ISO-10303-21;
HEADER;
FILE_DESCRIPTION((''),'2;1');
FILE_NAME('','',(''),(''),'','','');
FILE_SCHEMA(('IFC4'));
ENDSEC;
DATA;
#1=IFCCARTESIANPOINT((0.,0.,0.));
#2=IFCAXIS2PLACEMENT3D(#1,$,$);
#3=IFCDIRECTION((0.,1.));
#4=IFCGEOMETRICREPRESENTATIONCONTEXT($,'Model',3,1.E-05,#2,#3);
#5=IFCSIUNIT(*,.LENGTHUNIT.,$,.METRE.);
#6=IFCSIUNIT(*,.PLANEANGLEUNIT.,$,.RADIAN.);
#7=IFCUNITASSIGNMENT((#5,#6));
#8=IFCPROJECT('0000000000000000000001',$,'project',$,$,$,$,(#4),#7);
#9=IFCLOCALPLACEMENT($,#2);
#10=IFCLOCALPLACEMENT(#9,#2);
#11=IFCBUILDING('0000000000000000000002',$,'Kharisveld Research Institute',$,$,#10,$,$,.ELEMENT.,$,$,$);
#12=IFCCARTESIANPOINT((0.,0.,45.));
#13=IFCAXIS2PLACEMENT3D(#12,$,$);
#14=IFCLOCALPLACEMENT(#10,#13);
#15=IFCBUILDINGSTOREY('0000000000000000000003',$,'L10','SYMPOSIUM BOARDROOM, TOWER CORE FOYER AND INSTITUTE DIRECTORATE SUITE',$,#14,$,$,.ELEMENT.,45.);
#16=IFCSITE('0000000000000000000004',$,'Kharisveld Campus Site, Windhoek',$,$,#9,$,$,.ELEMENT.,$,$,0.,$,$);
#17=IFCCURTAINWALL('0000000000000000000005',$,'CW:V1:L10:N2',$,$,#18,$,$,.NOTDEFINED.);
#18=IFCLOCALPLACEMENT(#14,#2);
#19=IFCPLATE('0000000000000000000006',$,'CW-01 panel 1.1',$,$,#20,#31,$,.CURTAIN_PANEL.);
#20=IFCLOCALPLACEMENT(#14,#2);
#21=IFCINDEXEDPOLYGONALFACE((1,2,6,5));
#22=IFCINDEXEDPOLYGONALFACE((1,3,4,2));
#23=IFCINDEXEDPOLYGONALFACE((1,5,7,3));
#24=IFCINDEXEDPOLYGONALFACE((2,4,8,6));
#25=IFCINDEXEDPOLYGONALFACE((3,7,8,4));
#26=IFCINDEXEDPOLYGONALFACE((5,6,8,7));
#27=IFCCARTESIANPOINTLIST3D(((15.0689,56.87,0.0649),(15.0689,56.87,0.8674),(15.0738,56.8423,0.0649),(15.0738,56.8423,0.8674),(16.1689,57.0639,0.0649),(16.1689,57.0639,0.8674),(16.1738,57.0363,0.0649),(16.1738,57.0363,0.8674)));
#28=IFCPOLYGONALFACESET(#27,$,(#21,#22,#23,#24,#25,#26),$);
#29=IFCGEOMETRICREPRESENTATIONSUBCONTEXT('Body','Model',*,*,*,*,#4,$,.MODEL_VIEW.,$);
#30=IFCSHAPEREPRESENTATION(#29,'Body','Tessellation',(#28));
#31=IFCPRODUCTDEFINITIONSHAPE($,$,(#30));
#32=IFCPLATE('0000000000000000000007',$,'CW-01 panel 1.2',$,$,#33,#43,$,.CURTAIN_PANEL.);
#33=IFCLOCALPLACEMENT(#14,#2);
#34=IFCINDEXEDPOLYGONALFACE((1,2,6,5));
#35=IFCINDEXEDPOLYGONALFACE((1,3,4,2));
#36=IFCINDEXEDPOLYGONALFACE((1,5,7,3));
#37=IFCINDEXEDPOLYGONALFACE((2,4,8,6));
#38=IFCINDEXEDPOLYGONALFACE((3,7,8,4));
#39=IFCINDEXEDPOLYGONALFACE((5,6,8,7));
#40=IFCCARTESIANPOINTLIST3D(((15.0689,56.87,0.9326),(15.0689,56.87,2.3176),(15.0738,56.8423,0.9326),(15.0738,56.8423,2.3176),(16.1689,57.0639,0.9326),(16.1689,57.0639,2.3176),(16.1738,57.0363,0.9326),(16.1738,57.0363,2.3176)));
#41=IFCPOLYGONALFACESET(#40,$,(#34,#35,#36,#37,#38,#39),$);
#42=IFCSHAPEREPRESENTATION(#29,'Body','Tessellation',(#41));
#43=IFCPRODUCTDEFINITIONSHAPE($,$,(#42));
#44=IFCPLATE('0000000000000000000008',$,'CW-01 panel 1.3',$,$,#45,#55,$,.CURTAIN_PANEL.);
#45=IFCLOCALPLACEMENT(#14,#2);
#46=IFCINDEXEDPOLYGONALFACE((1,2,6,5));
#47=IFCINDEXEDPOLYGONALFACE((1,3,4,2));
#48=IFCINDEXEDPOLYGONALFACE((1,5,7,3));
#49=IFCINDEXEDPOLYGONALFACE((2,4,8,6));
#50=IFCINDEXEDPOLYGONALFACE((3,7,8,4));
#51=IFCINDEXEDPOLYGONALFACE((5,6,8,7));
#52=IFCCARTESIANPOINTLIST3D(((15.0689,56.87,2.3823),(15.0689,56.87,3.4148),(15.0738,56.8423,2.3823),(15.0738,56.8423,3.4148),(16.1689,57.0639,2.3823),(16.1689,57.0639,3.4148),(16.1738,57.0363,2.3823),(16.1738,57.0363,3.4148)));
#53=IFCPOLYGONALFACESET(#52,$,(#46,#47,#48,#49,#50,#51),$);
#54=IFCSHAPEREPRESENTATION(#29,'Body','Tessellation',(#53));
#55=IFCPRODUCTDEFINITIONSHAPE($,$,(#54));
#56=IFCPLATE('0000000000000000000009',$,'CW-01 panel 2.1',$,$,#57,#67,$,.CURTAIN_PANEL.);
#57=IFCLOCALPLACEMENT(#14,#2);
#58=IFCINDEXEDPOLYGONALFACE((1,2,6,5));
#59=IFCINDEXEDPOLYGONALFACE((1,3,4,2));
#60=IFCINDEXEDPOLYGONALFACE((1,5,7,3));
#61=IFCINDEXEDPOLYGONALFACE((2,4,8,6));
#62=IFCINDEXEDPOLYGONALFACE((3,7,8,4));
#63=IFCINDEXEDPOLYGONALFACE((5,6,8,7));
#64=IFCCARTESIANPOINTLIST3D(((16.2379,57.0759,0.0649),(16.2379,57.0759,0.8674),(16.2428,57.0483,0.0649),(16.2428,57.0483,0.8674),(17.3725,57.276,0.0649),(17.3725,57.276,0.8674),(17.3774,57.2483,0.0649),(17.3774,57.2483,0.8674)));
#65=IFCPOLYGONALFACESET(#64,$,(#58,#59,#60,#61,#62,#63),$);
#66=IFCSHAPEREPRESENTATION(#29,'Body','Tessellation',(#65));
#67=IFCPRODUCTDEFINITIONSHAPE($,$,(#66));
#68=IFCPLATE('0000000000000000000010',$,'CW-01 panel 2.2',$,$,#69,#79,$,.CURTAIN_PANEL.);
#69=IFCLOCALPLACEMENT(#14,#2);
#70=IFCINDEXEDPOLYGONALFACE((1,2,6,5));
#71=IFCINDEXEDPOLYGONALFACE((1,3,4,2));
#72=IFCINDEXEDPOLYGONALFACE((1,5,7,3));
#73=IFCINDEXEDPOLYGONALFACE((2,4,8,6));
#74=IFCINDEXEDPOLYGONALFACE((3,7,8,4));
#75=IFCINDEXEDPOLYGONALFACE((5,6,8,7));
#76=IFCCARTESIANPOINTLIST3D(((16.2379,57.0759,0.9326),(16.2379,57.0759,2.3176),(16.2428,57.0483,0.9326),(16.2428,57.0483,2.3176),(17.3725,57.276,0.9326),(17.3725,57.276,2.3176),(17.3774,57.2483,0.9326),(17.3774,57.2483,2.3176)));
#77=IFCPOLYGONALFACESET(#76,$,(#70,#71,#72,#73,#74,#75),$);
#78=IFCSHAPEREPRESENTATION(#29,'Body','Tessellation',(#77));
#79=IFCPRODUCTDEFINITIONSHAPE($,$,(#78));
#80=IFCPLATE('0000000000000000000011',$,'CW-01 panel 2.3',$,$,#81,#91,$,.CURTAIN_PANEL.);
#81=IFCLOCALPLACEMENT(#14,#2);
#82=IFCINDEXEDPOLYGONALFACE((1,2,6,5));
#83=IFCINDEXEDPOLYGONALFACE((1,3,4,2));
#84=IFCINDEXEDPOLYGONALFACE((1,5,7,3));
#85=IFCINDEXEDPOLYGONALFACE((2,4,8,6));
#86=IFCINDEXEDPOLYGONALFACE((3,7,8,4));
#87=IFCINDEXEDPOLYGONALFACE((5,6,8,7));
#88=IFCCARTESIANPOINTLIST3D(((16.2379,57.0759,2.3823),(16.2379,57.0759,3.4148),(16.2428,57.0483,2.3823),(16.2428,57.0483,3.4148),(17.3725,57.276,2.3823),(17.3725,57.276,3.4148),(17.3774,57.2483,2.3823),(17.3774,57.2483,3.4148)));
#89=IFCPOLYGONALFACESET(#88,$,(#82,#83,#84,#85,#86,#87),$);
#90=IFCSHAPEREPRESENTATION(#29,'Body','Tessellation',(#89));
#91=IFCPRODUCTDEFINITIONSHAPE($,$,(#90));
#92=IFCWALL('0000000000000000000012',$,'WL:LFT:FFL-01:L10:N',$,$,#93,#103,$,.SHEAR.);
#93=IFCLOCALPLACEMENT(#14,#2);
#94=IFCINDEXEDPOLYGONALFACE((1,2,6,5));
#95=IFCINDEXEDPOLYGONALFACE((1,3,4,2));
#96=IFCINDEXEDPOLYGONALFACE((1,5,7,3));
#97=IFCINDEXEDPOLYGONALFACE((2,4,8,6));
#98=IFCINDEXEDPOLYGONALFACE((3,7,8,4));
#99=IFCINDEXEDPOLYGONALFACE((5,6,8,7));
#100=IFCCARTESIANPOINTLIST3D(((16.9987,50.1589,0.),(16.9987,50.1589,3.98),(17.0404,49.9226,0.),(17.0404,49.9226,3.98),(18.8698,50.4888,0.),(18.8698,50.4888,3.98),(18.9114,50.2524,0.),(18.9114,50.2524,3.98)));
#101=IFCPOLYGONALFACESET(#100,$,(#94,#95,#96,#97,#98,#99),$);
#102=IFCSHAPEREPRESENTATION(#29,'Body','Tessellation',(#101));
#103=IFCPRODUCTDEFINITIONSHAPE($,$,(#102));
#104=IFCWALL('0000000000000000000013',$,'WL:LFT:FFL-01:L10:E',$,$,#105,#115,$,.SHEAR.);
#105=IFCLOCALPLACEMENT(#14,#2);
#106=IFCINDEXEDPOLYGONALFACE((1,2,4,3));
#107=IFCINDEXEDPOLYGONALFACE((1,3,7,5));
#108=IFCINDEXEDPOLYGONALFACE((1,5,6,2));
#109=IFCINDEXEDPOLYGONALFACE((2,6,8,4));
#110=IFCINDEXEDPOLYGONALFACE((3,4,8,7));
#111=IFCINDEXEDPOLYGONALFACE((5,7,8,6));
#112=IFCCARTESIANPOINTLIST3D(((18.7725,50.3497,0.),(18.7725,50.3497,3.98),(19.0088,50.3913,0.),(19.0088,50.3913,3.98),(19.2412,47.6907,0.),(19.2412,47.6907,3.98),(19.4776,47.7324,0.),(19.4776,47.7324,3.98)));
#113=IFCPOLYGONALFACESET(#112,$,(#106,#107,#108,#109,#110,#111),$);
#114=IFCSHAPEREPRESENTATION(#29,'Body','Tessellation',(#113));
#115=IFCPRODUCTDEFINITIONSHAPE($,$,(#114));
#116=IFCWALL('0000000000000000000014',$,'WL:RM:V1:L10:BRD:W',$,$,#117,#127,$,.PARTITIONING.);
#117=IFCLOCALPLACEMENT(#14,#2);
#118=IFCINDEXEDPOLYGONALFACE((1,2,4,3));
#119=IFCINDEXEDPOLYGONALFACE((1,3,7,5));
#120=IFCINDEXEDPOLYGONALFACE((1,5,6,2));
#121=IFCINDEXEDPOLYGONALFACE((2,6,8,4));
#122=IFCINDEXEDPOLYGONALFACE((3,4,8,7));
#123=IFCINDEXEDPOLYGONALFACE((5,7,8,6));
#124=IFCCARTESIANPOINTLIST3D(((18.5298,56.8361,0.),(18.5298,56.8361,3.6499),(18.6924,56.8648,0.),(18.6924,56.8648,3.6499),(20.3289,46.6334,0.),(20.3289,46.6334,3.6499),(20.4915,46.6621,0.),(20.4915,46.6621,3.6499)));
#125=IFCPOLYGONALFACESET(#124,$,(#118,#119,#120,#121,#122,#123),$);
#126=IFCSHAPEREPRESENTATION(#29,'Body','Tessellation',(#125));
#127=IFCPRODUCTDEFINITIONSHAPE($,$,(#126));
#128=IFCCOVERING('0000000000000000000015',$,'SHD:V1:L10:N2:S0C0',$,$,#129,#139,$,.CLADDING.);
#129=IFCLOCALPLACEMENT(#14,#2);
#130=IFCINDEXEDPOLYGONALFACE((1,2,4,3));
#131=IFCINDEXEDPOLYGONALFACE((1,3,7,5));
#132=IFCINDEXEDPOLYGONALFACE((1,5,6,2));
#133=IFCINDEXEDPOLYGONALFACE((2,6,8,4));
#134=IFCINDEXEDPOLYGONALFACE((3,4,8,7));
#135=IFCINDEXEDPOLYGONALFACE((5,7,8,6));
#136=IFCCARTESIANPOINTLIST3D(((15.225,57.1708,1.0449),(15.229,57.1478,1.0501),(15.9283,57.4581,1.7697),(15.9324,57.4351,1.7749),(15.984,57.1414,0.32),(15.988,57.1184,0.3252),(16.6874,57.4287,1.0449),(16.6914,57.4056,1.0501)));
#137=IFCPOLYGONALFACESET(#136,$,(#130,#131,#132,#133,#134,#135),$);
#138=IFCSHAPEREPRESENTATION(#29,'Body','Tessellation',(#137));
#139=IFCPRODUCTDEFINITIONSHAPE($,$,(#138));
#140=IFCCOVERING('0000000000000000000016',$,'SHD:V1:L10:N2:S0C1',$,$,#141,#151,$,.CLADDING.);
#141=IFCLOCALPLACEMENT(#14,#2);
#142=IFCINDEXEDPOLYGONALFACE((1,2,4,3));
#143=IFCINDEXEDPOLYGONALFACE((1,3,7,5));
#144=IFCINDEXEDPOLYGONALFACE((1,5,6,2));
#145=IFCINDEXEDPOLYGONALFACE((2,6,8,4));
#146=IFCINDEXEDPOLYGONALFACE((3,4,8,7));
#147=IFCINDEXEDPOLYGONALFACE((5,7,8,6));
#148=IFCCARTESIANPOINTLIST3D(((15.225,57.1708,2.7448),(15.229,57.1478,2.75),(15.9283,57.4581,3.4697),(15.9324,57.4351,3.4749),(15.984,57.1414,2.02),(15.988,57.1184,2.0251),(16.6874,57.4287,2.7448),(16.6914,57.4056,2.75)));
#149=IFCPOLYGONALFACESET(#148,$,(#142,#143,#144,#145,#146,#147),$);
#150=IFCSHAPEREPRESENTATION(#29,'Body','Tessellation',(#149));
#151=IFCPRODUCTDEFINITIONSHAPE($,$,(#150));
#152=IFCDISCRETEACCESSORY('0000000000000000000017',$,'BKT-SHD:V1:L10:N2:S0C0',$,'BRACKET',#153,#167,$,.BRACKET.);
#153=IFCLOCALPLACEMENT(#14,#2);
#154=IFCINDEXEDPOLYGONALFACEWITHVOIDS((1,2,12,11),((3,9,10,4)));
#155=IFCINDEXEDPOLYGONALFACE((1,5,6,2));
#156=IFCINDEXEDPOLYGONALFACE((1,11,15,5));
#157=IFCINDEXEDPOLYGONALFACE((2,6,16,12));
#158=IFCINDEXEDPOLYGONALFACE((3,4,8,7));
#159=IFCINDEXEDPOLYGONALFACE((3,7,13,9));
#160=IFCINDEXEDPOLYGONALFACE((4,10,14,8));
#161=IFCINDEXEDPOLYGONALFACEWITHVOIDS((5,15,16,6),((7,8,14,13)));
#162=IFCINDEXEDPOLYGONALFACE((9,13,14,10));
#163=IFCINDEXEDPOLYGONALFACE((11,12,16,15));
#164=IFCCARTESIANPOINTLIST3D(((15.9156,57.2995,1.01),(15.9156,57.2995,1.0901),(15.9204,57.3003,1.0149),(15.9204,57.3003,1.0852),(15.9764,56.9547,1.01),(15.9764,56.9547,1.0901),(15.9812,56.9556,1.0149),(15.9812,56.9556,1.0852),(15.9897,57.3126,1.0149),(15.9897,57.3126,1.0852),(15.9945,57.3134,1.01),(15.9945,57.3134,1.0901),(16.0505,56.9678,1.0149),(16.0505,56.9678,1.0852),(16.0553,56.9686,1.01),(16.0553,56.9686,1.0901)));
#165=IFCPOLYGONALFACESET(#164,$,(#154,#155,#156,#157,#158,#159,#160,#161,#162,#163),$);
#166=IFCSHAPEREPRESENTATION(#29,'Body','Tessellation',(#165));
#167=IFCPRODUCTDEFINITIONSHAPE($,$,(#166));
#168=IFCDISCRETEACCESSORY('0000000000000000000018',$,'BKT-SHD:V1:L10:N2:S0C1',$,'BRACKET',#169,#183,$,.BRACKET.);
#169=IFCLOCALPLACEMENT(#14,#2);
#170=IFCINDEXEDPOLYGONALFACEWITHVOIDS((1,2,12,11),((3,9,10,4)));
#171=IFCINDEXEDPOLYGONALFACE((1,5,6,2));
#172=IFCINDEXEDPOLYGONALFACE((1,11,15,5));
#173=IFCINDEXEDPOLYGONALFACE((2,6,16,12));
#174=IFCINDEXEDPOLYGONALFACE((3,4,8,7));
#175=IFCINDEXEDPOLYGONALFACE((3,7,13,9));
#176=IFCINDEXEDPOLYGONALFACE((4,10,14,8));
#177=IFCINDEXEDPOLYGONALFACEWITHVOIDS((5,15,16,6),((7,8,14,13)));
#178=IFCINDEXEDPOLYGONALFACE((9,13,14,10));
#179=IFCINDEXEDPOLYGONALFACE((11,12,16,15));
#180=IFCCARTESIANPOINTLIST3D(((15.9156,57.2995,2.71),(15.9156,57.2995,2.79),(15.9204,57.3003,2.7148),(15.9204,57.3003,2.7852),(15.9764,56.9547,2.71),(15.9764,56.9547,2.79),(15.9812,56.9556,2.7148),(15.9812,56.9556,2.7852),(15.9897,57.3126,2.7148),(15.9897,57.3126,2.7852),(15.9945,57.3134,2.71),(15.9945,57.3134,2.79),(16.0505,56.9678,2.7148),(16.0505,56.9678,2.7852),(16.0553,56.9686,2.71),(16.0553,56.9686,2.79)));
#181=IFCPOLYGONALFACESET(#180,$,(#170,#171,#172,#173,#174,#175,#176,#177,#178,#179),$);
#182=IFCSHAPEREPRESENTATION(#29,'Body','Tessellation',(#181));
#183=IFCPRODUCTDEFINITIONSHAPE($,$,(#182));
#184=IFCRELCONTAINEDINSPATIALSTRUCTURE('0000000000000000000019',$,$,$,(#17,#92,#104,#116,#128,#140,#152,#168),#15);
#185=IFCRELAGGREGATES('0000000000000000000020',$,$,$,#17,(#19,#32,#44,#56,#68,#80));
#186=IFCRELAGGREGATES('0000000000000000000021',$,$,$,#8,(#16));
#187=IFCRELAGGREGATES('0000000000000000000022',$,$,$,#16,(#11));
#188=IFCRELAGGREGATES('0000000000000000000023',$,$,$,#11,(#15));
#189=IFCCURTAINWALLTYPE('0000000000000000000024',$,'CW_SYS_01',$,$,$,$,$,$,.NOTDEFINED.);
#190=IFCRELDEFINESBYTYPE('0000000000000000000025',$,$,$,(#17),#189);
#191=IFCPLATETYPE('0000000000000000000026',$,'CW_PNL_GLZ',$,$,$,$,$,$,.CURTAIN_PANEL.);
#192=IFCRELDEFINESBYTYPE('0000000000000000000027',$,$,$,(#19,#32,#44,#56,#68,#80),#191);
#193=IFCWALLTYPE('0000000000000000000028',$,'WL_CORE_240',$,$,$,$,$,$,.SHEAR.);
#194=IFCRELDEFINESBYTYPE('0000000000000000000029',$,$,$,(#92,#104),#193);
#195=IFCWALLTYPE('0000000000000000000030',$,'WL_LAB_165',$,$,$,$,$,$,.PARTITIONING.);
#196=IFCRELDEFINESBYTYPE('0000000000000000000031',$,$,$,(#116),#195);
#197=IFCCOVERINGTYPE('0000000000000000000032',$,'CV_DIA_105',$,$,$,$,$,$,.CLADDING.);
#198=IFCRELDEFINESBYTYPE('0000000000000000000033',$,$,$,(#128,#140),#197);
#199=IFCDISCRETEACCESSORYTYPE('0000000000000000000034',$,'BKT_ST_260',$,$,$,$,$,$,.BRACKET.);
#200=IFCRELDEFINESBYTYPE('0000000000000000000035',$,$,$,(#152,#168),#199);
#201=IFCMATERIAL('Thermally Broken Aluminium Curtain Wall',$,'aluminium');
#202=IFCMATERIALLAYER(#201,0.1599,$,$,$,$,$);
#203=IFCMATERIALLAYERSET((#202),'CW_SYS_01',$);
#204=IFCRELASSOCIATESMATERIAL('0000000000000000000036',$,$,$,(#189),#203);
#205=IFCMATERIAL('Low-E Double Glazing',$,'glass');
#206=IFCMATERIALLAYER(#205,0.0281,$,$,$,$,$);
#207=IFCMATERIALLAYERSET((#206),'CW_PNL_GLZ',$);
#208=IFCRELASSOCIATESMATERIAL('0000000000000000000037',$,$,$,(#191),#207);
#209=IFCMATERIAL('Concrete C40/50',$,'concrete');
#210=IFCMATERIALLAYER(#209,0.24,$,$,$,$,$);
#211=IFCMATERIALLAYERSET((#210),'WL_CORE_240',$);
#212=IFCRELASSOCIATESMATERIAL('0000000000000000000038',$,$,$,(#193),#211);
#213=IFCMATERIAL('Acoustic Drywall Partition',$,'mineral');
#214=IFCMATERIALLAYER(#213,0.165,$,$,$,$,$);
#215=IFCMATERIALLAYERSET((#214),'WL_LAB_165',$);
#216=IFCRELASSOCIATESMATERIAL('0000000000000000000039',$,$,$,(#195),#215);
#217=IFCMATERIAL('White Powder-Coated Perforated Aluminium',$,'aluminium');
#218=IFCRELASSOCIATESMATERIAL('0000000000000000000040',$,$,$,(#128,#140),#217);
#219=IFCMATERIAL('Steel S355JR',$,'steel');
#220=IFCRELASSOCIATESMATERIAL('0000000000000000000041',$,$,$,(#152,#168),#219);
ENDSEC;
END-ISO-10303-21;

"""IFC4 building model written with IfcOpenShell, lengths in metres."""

from ifc_helpers import new_model, si_unit, direction, frame, frame_2d, origin, origin_2d, place, context, subcontext, project, spatial, polyline, rectangle, hollow_rectangle, outline, extrude, material, layer, layer_set, type_object, element, aggregate, save


model = new_model("IFC4")

# Units and contexts
model_context = context("Model", 3, precision=1e-05, world=origin(), true_north=direction((0.0, 1.0)))
body_context = subcontext(model_context, "Body", "Model", "MODEL_VIEW")
ifc_project = project(units=[si_unit("LENGTHUNIT", "METRE"), si_unit("PLANEANGLEUNIT", "RADIAN")], contexts=[model_context])

# Site, building, storey
site_placement = place(None, origin())
site = spatial("IfcSite", under=ifc_project, at=site_placement, Name="Kharisveld Campus Site, Windhoek", CompositionType="ELEMENT", RefElevation=0.0)
building_placement = place(site_placement, origin())
building = spatial("IfcBuilding", under=site, at=building_placement, Name="Kharisveld Research Institute", CompositionType="ELEMENT")
storey_placement = place(building_placement, frame((0.0, 0.0, 45.0)))
storey = spatial("IfcBuildingStorey", under=building, at=storey_placement, Name="L10", Description="SYMPOSIUM BOARDROOM, TOWER CORE FOYER AND INSTITUTE DIRECTORATE SUITE", CompositionType="ELEMENT", Elevation=45.0)

# Curtain wall
ifc_material_1 = material(Name="Thermally Broken Aluminium Curtain Wall", Category="aluminium")
ifc_layer_1 = layer(ifc_material_1, 0.1599)
ifc_layer_set_1 = layer_set([ifc_layer_1], Name="CW_SYS_01")
curtain_wall_type = type_object("IfcCurtainWallType", Name="CW_SYS_01", PredefinedType="NOTDEFINED", material=ifc_layer_set_1)
curtain_wall_placement = place(storey_placement, origin())
curtain_wall = element("IfcCurtainWall", 1, at=curtain_wall_placement, inside=storey, type_object=curtain_wall_type, Name="CW:V1:L10:N2", PredefinedType="NOTDEFINED")

# Plates
ifc_material_2 = material(Name="Low-E Double Glazing", Category="glass")
ifc_layer_2 = layer(ifc_material_2, 0.0281)
ifc_layer_set_2 = layer_set([ifc_layer_2], Name="CW_PNL_GLZ")
plate_type = type_object("IfcPlateType", Name="CW_PNL_GLZ", PredefinedType="CURTAIN_PANEL", material=ifc_layer_set_2)
plate_1_placement = place(storey_placement, frame((15.6213, 56.9531, 0.0649), z_axis=(0.0, 0.0, 1.0), x_axis=(0.984808, 0.173648, 0.0)))
plate_1 = element("IfcPlate", 2, at=plate_1_placement, type_object=plate_type, Name="CW-01 panel 1.1", PredefinedType="CURTAIN_PANEL", context=body_context, shape_type="SweptSolid", body=[
    extrude(rectangle(XDim=1.1169, YDim=0.0281, at=origin_2d()), origin(), (0.0, 0.0, 1.0), 0.8025),
])
plate_2_placement = place(storey_placement, frame((15.6213, 56.9531, 0.9326), z_axis=(0.0, 0.0, 1.0), x_axis=(0.984808, 0.173648, 0.0)))
plate_2 = element("IfcPlate", 3, at=plate_2_placement, type_object=plate_type, Name="CW-01 panel 1.2", PredefinedType="CURTAIN_PANEL", context=body_context, shape_type="SweptSolid", body=[
    extrude(rectangle(XDim=1.1169, YDim=0.0281, at=origin_2d()), origin(), (0.0, 0.0, 1.0), 1.385),
])
plate_3_placement = place(storey_placement, frame((15.6213, 56.9531, 2.3823), z_axis=(0.0, 0.0, 1.0), x_axis=(0.984808, 0.173648, 0.0)))
plate_3 = element("IfcPlate", 4, at=plate_3_placement, type_object=plate_type, Name="CW-01 panel 1.3", PredefinedType="CURTAIN_PANEL", context=body_context, shape_type="SweptSolid", body=[
    extrude(rectangle(XDim=1.1169, YDim=0.0281, at=origin_2d()), origin(), (0.0, 0.0, 1.0), 1.0325),
])
plate_4_placement = place(storey_placement, frame((16.8076, 57.1621, 0.0649), z_axis=(0.0, 0.0, 1.0), x_axis=(0.984808, 0.173648, 0.0)))
plate_4 = element("IfcPlate", 5, at=plate_4_placement, type_object=plate_type, Name="CW-01 panel 2.1", PredefinedType="CURTAIN_PANEL", context=body_context, shape_type="SweptSolid", body=[
    extrude(rectangle(XDim=1.1521, YDim=0.0281, at=origin_2d()), origin(), (0.0, 0.0, 1.0), 0.8025),
])
plate_5_placement = place(storey_placement, frame((16.8076, 57.1621, 0.9326), z_axis=(0.0, 0.0, 1.0), x_axis=(0.984808, 0.173648, 0.0)))
plate_5 = element("IfcPlate", 6, at=plate_5_placement, type_object=plate_type, Name="CW-01 panel 2.2", PredefinedType="CURTAIN_PANEL", context=body_context, shape_type="SweptSolid", body=[
    extrude(rectangle(XDim=1.1521, YDim=0.0281, at=origin_2d()), origin(), (0.0, 0.0, 1.0), 1.385),
])
plate_6_placement = place(storey_placement, frame((16.8076, 57.1621, 2.3823), z_axis=(0.0, 0.0, 1.0), x_axis=(0.984808, 0.173648, 0.0)))
plate_6 = element("IfcPlate", 7, at=plate_6_placement, type_object=plate_type, Name="CW-01 panel 2.3", PredefinedType="CURTAIN_PANEL", context=body_context, shape_type="SweptSolid", body=[
    extrude(rectangle(XDim=1.1521, YDim=0.0281, at=origin_2d()), origin(), (0.0, 0.0, 1.0), 1.0325),
])
aggregate(curtain_wall, [plate_1, plate_2, plate_3, plate_4, plate_5, plate_6])

# Walls
ifc_material_3 = material(Name="Concrete C40/50", Category="concrete")
ifc_layer_3 = layer(ifc_material_3, 0.24)
ifc_layer_set_3 = layer_set([ifc_layer_3], Name="WL_CORE_240")
wall_type_1 = type_object("IfcWallType", Name="WL_CORE_240", PredefinedType="SHEAR", material=ifc_layer_set_3)
wall_1_placement = place(storey_placement, frame((17.0195, 50.0408, 0.0), z_axis=(0.0, 0.0, 1.0), x_axis=(0.984816, 0.173602, 0.0)))
element("IfcWall", 8, at=wall_1_placement, inside=storey, type_object=wall_type_1, Name="WL:LFT:FFL-01:L10:N", PredefinedType="SHEAR", context=body_context, shape_type="SweptSolid", body=[
    extrude(rectangle(XDim=1.8999, YDim=0.24, at=frame_2d((0.95, 0.0))), origin(), (0.0, 0.0, 1.0), 3.98),
])
wall_2_placement = place(storey_placement, frame((18.8906, 50.3706, 0.0), z_axis=(0.0, 0.0, 1.0), x_axis=(0.173615, -0.984814, 0.0)))
element("IfcWall", 9, at=wall_2_placement, inside=storey, type_object=wall_type_1, Name="WL:LFT:FFL-01:L10:E", PredefinedType="SHEAR", context=body_context, shape_type="SweptSolid", body=[
    extrude(rectangle(XDim=2.7, YDim=0.24, at=frame_2d((1.3501, 0.0))), origin(), (0.0, 0.0, 1.0), 3.98),
])
ifc_material_4 = material(Name="Acoustic Drywall Partition", Category="mineral")
ifc_layer_4 = layer(ifc_material_4, 0.165)
ifc_layer_set_4 = layer_set([ifc_layer_4], Name="WL_LAB_165")
wall_type_2 = type_object("IfcWallType", Name="WL_LAB_165", PredefinedType="PARTITIONING", material=ifc_layer_set_4)
wall_3_placement = place(storey_placement, frame((18.6111, 56.8506, 0.0), z_axis=(0.0, 0.0, 1.0), x_axis=(0.173655, -0.984807, 0.0)))
element("IfcWall", 10, at=wall_3_placement, inside=storey, type_object=wall_type_2, Name="WL:RM:V1:L10:BRD:W", PredefinedType="PARTITIONING", context=body_context, shape_type="SweptSolid", body=[
    extrude(rectangle(XDim=10.3601, YDim=0.165, at=frame_2d((5.1802, 0.0))), origin(), (0.0, 0.0, 1.0), 3.6499),
])

# Coverings
ifc_material_5 = material(Name="White Powder-Coated Perforated Aluminium", Category="aluminium")
covering_type = type_object("IfcCoveringType", Name="CV_DIA_105", PredefinedType="CLADDING")
for number, where, z_axis, x_axis, name in (
    (11, (15.988, 57.1184, 0.3252), (0.169498, -0.961453, 0.216512), (0.66983, 0.273536, 0.690294), "SHD:V1:L10:N2:S0C0"),
    (12, (15.988, 57.1184, 2.0251), (0.169498, -0.961453, 0.216512), (0.66983, 0.273536, 0.690294), "SHD:V1:L10:N2:S0C1"),
):
    element("IfcCovering", number, at=place(storey_placement, frame(where, z_axis=z_axis, x_axis=x_axis)), inside=storey, type_object=covering_type, material=ifc_material_5, Name=name, PredefinedType="CLADDING", context=body_context, shape_type="SweptSolid", body=[
        extrude(outline(polyline([(0.0, 0.0), (1.0501, 0.0), (1.0501, 1.05), (0.0, 1.05), (0.0, 0.0)])), origin(), (0.0, 0.0, -1.0), 0.0239),
    ])

# Discrete accessories
ifc_material_6 = material(Name="Steel S355JR", Category="steel")
discrete_accessory_type = type_object("IfcDiscreteAccessoryType", Name="BKT_ST_260", PredefinedType="BRACKET")
for number, where, z_axis, x_axis, name in (
    (13, (16.0159, 56.9617, 1.05), (-0.173666, 0.984805, 0.0), (-0.984805, -0.173666, 0.0), "BKT-SHD:V1:L10:N2:S0C0"),
    (14, (16.0159, 56.9617, 2.75), (-0.173666, 0.984805, 0.0), (-0.984805, -0.173666, 0.0), "BKT-SHD:V1:L10:N2:S0C1"),
):
    element("IfcDiscreteAccessory", number, at=place(storey_placement, frame(where, z_axis=z_axis, x_axis=x_axis)), inside=storey, type_object=discrete_accessory_type, material=ifc_material_6, Name=name, ObjectType="BRACKET", PredefinedType="BRACKET", context=body_context, shape_type="SweptSolid", body=[
        extrude(hollow_rectangle(XDim=0.0801, YDim=0.0801, WallThickness=0.0049, at=origin_2d()), origin(), (0.0, 0.0, 1.0), 0.3501),
    ])

save(model, "model.ifc")
